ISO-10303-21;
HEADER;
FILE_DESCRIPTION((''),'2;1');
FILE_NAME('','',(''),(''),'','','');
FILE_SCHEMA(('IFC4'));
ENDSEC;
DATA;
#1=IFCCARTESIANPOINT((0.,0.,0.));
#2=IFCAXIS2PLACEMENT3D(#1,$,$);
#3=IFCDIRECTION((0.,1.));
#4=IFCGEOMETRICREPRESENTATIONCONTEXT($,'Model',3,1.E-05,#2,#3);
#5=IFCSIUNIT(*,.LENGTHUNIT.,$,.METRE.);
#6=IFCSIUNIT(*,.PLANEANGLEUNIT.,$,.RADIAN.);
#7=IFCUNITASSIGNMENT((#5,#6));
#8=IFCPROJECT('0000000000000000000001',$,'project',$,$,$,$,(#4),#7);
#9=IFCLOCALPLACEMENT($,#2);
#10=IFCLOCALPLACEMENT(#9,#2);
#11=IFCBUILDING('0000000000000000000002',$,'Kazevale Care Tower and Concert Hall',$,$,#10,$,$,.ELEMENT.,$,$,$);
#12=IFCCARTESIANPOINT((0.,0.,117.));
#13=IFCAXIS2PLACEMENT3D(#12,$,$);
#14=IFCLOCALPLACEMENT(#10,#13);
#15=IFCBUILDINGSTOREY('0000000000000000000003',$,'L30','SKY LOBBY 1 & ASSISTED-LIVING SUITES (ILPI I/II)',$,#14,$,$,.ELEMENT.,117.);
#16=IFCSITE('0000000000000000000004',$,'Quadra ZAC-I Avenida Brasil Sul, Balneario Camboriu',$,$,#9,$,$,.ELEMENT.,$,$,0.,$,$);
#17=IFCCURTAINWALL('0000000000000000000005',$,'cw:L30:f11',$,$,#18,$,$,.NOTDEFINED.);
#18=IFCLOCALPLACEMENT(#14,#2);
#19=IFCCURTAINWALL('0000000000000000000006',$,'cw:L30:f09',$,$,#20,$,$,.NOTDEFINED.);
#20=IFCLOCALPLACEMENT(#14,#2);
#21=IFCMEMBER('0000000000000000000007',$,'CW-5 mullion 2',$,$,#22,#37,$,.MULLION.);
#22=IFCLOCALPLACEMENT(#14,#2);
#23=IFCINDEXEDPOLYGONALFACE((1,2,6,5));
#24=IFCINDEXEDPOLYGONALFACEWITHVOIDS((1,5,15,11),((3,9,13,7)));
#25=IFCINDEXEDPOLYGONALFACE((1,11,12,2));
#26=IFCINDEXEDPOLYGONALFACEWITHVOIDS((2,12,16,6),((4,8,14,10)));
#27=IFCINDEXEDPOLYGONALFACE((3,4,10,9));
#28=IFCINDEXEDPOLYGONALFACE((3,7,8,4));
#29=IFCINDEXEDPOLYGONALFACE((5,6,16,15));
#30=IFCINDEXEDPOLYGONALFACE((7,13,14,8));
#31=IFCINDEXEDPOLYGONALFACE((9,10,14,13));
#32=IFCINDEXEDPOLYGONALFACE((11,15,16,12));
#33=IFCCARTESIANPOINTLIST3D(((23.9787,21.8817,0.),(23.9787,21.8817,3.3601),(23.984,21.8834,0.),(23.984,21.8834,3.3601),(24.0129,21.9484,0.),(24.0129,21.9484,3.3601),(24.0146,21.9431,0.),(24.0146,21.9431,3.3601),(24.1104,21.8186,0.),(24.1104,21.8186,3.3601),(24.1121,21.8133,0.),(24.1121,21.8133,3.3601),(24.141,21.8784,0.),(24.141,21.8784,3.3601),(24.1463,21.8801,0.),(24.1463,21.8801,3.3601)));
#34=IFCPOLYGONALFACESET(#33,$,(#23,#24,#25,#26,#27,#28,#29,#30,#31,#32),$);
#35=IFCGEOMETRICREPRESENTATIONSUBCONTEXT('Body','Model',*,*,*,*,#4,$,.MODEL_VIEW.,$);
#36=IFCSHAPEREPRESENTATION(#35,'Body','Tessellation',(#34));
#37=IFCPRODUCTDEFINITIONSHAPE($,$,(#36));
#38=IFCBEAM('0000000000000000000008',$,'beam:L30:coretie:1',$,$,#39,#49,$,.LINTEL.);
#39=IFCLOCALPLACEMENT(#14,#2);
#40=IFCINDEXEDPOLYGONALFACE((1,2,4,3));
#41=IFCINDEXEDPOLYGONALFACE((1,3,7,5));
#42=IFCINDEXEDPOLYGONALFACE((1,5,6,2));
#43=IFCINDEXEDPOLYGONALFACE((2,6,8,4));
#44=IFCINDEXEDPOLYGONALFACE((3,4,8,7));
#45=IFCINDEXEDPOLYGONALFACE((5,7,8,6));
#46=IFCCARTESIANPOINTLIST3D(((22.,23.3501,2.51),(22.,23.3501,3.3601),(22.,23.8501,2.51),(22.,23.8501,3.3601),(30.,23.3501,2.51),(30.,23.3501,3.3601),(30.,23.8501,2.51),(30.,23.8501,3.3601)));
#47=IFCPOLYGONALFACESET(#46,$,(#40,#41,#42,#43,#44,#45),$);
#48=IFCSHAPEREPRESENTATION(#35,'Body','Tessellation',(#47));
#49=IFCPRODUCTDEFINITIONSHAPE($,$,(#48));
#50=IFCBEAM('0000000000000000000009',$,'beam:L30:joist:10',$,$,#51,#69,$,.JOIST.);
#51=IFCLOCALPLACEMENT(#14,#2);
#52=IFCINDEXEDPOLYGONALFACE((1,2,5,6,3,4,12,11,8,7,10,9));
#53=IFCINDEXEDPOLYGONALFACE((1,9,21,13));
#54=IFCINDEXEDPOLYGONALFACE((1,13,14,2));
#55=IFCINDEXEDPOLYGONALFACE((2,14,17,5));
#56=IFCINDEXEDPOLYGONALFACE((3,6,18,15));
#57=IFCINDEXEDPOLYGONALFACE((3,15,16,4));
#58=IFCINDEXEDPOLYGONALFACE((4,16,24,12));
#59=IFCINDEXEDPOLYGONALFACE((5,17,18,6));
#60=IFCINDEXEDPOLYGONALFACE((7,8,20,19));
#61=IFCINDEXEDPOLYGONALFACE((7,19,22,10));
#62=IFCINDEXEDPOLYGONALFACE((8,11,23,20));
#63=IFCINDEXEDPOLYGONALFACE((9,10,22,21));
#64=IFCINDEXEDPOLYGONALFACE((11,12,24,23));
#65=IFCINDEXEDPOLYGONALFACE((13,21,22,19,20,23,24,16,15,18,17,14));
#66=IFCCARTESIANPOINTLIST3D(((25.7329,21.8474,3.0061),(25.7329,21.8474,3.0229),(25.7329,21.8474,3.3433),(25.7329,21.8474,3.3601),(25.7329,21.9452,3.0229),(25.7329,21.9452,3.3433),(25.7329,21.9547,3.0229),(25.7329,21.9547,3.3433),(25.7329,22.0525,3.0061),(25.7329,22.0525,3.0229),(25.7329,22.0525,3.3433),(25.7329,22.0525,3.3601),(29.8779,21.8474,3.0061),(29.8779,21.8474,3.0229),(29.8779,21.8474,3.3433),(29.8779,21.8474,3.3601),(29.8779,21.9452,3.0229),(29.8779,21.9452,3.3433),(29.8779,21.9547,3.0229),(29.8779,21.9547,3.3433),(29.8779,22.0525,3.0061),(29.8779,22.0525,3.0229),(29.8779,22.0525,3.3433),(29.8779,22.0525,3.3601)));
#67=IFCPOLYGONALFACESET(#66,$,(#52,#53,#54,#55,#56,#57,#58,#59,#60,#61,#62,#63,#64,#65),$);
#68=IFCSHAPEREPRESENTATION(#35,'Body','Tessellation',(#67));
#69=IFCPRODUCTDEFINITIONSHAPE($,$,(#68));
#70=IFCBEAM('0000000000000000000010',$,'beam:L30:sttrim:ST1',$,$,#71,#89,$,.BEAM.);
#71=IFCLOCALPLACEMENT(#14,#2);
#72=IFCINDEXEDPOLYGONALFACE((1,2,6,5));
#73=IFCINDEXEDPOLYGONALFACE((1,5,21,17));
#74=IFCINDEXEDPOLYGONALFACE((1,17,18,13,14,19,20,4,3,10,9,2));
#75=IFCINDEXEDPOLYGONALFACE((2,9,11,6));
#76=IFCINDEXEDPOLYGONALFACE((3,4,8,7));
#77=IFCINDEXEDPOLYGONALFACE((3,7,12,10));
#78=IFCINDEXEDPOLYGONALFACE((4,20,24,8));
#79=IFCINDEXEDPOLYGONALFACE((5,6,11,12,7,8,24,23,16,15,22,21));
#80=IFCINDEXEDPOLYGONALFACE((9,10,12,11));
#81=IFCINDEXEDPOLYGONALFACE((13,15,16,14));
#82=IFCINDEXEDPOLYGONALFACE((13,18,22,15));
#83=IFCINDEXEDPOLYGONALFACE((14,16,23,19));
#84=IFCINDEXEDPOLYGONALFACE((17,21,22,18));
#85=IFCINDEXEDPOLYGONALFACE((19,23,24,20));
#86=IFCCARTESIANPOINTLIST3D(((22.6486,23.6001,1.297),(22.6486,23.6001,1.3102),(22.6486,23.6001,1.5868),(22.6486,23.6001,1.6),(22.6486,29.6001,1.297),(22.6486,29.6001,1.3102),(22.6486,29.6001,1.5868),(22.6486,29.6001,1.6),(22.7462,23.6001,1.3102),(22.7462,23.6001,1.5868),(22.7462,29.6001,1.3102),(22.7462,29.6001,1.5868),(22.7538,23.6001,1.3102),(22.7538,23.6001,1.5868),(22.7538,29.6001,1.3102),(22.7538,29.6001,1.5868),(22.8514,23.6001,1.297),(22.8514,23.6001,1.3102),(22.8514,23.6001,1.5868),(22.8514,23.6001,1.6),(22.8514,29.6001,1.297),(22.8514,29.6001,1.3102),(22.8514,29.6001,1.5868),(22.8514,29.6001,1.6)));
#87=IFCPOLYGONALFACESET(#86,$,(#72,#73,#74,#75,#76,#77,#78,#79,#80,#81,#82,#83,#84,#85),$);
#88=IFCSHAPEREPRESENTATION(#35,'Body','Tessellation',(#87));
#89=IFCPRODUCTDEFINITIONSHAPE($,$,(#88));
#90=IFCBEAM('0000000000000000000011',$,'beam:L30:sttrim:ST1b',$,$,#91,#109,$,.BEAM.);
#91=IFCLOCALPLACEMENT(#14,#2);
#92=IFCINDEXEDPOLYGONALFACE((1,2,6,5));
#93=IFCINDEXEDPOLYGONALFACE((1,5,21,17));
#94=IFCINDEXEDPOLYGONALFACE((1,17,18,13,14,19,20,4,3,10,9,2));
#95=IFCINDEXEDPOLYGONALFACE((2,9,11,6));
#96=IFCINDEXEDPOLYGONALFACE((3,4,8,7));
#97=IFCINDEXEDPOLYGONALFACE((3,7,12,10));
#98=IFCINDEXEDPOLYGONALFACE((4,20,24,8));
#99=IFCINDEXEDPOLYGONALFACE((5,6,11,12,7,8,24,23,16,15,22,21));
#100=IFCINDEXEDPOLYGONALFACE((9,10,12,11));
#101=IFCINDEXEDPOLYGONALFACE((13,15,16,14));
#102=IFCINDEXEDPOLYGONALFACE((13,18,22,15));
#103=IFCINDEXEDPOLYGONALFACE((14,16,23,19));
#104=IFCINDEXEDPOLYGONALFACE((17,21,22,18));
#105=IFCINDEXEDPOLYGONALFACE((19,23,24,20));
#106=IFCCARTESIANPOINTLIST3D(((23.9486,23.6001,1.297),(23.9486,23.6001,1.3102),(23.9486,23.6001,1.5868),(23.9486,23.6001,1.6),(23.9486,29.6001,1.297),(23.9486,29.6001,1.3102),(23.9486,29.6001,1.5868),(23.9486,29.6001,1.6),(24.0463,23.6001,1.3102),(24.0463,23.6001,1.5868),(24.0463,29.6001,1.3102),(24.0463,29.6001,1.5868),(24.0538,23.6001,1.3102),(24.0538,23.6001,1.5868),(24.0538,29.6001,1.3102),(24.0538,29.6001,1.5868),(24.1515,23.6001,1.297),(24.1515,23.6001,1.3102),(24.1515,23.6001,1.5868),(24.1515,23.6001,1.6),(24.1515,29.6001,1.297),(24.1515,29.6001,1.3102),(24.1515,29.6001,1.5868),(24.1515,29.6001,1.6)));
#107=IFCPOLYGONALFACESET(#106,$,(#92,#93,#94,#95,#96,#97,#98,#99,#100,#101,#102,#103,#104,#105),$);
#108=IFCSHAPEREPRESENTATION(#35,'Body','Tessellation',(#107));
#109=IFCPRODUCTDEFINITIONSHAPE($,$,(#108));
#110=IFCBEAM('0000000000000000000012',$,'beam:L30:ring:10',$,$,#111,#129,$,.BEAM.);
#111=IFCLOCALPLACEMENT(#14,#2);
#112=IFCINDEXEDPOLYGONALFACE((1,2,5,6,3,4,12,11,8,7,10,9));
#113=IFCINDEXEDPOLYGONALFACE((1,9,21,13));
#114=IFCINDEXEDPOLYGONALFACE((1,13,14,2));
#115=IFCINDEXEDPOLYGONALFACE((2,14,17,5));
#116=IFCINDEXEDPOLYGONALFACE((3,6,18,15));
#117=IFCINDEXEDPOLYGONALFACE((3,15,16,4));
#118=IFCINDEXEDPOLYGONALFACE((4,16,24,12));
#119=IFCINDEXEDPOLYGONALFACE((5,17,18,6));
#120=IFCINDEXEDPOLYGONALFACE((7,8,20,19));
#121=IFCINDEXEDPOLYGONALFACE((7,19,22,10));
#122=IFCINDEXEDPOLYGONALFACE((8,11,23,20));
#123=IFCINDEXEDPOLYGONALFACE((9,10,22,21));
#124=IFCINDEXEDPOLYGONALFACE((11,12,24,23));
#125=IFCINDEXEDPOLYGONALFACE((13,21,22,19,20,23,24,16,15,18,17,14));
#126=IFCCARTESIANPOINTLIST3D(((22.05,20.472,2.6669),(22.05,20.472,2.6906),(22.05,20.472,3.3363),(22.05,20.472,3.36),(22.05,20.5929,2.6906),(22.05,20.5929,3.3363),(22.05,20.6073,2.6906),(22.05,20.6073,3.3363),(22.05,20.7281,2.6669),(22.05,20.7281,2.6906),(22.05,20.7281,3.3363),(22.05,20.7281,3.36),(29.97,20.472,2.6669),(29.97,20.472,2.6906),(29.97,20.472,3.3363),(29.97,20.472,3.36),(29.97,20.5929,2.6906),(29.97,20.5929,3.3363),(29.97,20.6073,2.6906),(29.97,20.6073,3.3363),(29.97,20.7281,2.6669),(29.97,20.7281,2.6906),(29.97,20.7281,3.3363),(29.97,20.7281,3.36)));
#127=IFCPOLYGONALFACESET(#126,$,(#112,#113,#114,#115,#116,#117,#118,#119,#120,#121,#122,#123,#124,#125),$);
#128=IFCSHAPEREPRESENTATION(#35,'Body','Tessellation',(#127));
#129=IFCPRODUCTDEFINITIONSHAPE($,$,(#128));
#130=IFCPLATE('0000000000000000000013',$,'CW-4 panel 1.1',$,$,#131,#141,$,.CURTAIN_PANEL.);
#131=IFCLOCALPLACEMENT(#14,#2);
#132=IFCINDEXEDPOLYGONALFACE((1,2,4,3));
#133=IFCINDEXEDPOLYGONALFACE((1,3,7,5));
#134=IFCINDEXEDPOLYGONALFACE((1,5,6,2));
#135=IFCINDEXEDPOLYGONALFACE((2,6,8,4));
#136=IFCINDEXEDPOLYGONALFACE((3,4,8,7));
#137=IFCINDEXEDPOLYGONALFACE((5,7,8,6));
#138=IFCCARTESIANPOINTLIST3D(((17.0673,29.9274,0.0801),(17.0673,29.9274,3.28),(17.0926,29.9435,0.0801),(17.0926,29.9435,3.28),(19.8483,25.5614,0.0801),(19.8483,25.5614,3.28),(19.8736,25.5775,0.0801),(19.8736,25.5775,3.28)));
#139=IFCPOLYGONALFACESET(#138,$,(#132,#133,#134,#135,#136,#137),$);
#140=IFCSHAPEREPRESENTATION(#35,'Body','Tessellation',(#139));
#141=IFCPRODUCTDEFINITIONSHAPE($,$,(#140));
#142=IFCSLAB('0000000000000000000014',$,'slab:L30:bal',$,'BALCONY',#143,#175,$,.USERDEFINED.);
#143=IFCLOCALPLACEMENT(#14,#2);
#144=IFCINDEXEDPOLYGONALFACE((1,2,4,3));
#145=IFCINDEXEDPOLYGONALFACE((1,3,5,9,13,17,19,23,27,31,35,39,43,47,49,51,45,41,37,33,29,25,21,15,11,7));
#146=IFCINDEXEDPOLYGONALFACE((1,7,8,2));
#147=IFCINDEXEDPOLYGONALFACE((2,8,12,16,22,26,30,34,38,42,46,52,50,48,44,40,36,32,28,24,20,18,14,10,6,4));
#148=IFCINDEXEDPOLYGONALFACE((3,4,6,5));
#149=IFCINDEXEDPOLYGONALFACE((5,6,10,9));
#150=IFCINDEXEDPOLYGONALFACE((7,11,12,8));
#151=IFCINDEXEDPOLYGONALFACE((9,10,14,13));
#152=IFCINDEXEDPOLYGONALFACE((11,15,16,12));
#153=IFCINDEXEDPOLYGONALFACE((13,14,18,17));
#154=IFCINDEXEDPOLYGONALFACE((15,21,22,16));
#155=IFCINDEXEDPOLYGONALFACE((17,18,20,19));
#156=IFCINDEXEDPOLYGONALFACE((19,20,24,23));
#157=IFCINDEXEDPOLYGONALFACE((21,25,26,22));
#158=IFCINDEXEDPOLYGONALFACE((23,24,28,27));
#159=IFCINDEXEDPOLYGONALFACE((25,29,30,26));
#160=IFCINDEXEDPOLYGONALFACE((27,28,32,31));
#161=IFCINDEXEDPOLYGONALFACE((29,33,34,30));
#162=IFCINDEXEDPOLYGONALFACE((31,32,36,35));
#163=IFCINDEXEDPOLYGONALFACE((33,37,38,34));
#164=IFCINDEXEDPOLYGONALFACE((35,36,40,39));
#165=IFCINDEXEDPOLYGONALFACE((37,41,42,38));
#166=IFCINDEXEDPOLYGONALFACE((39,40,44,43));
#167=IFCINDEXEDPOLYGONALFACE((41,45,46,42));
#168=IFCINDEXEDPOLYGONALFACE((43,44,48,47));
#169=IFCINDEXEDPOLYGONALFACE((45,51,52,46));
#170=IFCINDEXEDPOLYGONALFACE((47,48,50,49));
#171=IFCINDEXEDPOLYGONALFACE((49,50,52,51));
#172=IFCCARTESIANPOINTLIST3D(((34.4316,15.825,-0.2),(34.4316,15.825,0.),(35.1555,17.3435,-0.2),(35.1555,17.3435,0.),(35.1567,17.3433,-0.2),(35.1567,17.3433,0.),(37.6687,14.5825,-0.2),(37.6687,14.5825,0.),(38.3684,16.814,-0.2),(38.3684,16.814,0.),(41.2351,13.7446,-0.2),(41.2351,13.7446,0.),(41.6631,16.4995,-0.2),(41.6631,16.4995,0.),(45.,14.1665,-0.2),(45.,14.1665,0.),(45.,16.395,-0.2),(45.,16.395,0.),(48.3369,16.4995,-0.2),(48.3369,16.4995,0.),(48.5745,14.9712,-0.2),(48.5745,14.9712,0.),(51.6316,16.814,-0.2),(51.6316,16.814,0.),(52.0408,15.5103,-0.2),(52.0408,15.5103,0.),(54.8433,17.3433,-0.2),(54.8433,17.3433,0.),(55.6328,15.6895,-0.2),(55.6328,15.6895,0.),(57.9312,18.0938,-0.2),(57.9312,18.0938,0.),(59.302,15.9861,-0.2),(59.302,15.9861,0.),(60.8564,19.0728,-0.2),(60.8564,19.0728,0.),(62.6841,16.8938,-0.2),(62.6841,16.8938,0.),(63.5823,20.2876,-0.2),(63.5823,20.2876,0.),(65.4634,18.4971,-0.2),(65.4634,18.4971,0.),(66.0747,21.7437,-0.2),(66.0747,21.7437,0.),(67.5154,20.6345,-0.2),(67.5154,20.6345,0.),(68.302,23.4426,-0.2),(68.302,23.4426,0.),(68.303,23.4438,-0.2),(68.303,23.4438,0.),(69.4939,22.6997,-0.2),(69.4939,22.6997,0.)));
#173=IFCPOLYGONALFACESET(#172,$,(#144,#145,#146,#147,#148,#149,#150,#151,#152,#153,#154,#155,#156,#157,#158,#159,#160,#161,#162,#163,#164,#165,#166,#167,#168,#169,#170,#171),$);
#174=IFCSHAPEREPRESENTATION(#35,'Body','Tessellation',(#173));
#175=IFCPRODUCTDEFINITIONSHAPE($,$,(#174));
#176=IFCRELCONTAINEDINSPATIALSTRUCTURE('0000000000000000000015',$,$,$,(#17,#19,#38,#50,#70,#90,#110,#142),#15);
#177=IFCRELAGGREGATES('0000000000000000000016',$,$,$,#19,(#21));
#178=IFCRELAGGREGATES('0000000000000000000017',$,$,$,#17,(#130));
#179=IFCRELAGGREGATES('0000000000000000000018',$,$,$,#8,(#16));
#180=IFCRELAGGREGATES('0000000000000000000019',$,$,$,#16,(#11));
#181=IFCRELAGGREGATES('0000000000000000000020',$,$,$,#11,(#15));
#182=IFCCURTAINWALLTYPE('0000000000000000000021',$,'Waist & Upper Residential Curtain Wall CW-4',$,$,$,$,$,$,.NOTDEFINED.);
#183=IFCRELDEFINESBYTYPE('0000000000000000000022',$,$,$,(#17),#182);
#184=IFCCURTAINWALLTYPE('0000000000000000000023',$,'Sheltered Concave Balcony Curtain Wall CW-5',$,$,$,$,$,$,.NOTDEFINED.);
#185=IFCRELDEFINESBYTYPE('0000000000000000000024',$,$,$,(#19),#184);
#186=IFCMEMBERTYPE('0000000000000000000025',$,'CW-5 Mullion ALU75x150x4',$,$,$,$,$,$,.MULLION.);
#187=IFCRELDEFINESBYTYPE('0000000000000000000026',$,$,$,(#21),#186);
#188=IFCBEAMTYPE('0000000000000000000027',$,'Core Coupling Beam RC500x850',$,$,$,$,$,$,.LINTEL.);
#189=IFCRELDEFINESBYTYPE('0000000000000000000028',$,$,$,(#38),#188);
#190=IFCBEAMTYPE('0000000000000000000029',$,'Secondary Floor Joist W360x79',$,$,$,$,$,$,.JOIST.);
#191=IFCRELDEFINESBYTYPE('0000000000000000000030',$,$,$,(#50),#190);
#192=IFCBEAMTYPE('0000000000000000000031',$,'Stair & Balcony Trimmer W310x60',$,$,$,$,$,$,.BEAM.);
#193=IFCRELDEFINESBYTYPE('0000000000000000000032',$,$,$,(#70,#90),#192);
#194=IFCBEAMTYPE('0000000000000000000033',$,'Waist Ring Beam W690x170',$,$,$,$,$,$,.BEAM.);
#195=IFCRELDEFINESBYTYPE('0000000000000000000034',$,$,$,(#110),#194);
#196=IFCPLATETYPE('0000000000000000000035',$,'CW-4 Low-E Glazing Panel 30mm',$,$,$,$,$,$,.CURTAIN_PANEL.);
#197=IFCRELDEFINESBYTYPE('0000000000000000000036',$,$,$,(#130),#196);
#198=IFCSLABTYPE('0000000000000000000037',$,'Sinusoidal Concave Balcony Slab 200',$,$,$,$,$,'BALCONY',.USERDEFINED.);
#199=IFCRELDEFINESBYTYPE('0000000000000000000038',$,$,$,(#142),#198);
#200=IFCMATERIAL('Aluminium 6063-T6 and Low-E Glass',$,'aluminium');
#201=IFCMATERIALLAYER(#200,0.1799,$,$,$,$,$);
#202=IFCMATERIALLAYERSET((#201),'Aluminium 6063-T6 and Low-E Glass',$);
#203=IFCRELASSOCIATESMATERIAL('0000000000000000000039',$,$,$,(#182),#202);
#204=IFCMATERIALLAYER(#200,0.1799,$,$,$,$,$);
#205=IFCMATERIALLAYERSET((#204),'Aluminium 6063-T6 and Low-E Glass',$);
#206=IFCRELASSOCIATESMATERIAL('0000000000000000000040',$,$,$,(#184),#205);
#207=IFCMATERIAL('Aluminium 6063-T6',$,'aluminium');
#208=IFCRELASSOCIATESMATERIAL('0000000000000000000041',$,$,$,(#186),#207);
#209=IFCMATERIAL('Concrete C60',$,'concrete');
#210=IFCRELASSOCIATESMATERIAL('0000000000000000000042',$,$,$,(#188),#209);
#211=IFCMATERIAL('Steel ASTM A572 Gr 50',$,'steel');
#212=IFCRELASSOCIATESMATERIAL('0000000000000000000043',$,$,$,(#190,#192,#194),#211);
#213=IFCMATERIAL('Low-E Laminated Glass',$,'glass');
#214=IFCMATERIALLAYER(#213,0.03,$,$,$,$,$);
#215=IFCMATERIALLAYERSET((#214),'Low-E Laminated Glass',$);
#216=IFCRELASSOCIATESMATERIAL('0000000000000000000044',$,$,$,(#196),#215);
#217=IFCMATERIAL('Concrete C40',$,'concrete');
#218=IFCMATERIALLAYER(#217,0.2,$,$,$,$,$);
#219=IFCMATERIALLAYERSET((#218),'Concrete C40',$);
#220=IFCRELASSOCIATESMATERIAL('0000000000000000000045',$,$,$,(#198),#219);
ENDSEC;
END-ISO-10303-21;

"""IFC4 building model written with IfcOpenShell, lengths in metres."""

from ifc_helpers import new_model, si_unit, direction, frame, origin, origin_2d, place, context, subcontext, project, spatial, polyline, rectangle, hollow_rectangle, i_section, outline, extrude, material, layer, layer_set, material_profile, profile_set, type_object, element, aggregate, save


model = new_model("IFC4")

# Units and contexts
model_context = context("Model", 3, precision=1e-05, world=origin(), true_north=direction((0.0, 1.0)))
body_context = subcontext(model_context, "Body", "Model", "MODEL_VIEW")
ifc_project = project(units=[si_unit("LENGTHUNIT", "METRE"), si_unit("PLANEANGLEUNIT", "RADIAN")], contexts=[model_context])

# Site, building, storey
site_placement = place(None, origin())
site = spatial("IfcSite", under=ifc_project, at=site_placement, Name="Quadra ZAC-I Avenida Brasil Sul, Balneario Camboriu", CompositionType="ELEMENT", RefElevation=0.0)
building_placement = place(site_placement, origin())
building = spatial("IfcBuilding", under=site, at=building_placement, Name="Kazevale Care Tower and Concert Hall", CompositionType="ELEMENT")
storey_placement = place(building_placement, frame((0.0, 0.0, 117.0)))
storey = spatial("IfcBuildingStorey", under=building, at=storey_placement, Name="L30", Description="SKY LOBBY 1 & ASSISTED-LIVING SUITES (ILPI I/II)", CompositionType="ELEMENT", Elevation=117.0)

# Shared definitions
ifc_material_1 = material(Name="Concrete C60", Category="concrete")

# Curtain wall
ifc_material_2 = material(Name="Aluminium 6063-T6 and Low-E Glass", Category="aluminium")
ifc_layer_1 = layer(ifc_material_2, 0.1799)
ifc_layer_set_1 = layer_set([ifc_layer_1], Name="Aluminium 6063-T6 and Low-E Glass")
curtain_wall_type_1 = type_object("IfcCurtainWallType", Name="Waist & Upper Residential Curtain Wall CW-4", PredefinedType="NOTDEFINED", material=ifc_layer_set_1)
curtain_wall_1_placement = place(storey_placement, origin())
curtain_wall_1 = element("IfcCurtainWall", 1, at=curtain_wall_1_placement, inside=storey, type_object=curtain_wall_type_1, Name="cw:L30:f11", PredefinedType="NOTDEFINED")
ifc_material_3 = material(Name="Aluminium 6063-T6", Category="aluminium")

# Curtain wall, member
ifc_layer_2 = layer(ifc_material_2, 0.1799)
ifc_layer_set_2 = layer_set([ifc_layer_2], Name="Aluminium 6063-T6 and Low-E Glass")
curtain_wall_type_2 = type_object("IfcCurtainWallType", Name="Sheltered Concave Balcony Curtain Wall CW-5", PredefinedType="NOTDEFINED", material=ifc_layer_set_2)
curtain_wall_2_placement = place(storey_placement, origin())
curtain_wall_2 = element("IfcCurtainWall", 2, at=curtain_wall_2_placement, inside=storey, type_object=curtain_wall_type_2, Name="cw:L30:f09", PredefinedType="NOTDEFINED")
ifc_material_profile_1 = material_profile(ifc_material_3, hollow_rectangle(XDim=0.075, YDim=0.1499, WallThickness=0.0039, at=origin_2d()), Name="ALU75x150x4")
ifc_profile_set_1 = profile_set([ifc_material_profile_1], Name="Aluminium 6063-T6")
member_type_1 = type_object("IfcMemberType", Name="CW-5 Mullion ALU75x150x4", PredefinedType="MULLION", material=ifc_profile_set_1)
member_1_placement = place(storey_placement, frame((24.0625, 21.8809, 0.0), z_axis=(0.0, 0.0, 1.0), x_axis=(-0.455713, -0.890127, 0.0)))
member_1 = element("IfcMember", 3, at=member_1_placement, type_object=member_type_1, Name="CW-5 mullion 2", PredefinedType="MULLION", context=body_context, shape_type="SweptSolid", body=[
    extrude(hollow_rectangle(XDim=0.075, YDim=0.1499, WallThickness=0.0039, at=origin_2d()), origin(), (0.0, 0.0, 1.0), 3.3601),
])
aggregate(curtain_wall_2, [member_1])

# Beams
ifc_material_profile_2 = material_profile(ifc_material_1, rectangle(XDim=0.5, YDim=0.8501, at=origin_2d()), Name="RC-B500x850")
ifc_profile_set_2 = profile_set([ifc_material_profile_2], Name="Concrete C60")
beam_type_1 = type_object("IfcBeamType", Name="Core Coupling Beam RC500x850", PredefinedType="LINTEL", material=ifc_profile_set_2)
beam_1_placement = place(storey_placement, frame((22.0, 23.6001, 2.9351), z_axis=(1.0, 0.0, 0.0), x_axis=(0.0, 1.0, 0.0)))
element("IfcBeam", 4, at=beam_1_placement, inside=storey, type_object=beam_type_1, Name="beam:L30:coretie:1", PredefinedType="LINTEL", context=body_context, shape_type="SweptSolid", body=[
    extrude(rectangle(XDim=0.5, YDim=0.8501, at=origin_2d()), origin(), (0.0, 0.0, 1.0), 8.0),
])
ifc_material_4 = material(Name="Steel ASTM A572 Gr 50", Category="steel")
ifc_material_profile_3 = material_profile(ifc_material_4, i_section(OverallWidth=0.2051, OverallDepth=0.354, WebThickness=0.0095, FlangeThickness=0.0168, at=origin_2d()), Name="W360x79")
ifc_profile_set_3 = profile_set([ifc_material_profile_3], Name="Steel ASTM A572 Gr 50")
beam_type_2 = type_object("IfcBeamType", Name="Secondary Floor Joist W360x79", PredefinedType="JOIST", material=ifc_profile_set_3)
beam_2_placement = place(storey_placement, frame((25.7329, 21.95, 3.1831), z_axis=(1.0, 0.0, 0.0), x_axis=(0.0, 1.0, 0.0)))
element("IfcBeam", 5, at=beam_2_placement, inside=storey, type_object=beam_type_2, Name="beam:L30:joist:10", PredefinedType="JOIST", context=body_context, shape_type="SweptSolid", body=[
    extrude(i_section(OverallWidth=0.2051, OverallDepth=0.354, WebThickness=0.0095, FlangeThickness=0.0168, at=origin_2d()), origin(), (0.0, 0.0, 1.0), 4.145),
])
ifc_material_profile_4 = material_profile(ifc_material_4, i_section(OverallWidth=0.2029, OverallDepth=0.303, WebThickness=0.0076, FlangeThickness=0.0132, at=origin_2d()), Name="W310x60")
ifc_profile_set_4 = profile_set([ifc_material_profile_4], Name="Steel ASTM A572 Gr 50")
beam_type_3 = type_object("IfcBeamType", Name="Stair & Balcony Trimmer W310x60", PredefinedType="BEAM", material=ifc_profile_set_4)
for number, where, z_axis, x_axis, name in (
    (6, (22.75, 23.6001, 1.4485), (0.0, 1.0, 0.0), (-1.0, 0.0, 0.0), "beam:L30:sttrim:ST1"),
    (7, (24.05, 23.6001, 1.4485), (0.0, 1.0, 0.0), (-1.0, 0.0, 0.0), "beam:L30:sttrim:ST1b"),
):
    element("IfcBeam", number, at=place(storey_placement, frame(where, z_axis=z_axis, x_axis=x_axis)), inside=storey, type_object=beam_type_3, Name=name, PredefinedType="BEAM", context=body_context, shape_type="SweptSolid", body=[
        extrude(i_section(OverallWidth=0.2029, OverallDepth=0.303, WebThickness=0.0076, FlangeThickness=0.0132, at=origin_2d()), origin(), (0.0, 0.0, 1.0), 6.0),
    ])
ifc_material_profile_5 = material_profile(ifc_material_4, i_section(OverallWidth=0.2561, OverallDepth=0.6931, WebThickness=0.0144, FlangeThickness=0.0237, at=origin_2d()), Name="W690x170")
ifc_profile_set_5 = profile_set([ifc_material_profile_5], Name="Steel ASTM A572 Gr 50")
beam_type_4 = type_object("IfcBeamType", Name="Waist Ring Beam W690x170", PredefinedType="BEAM", material=ifc_profile_set_5)
beam_3_placement = place(storey_placement, frame((22.05, 20.6001, 3.0134), z_axis=(1.0, 0.0, 0.0), x_axis=(0.0, 1.0, 0.0)))
element("IfcBeam", 8, at=beam_3_placement, inside=storey, type_object=beam_type_4, Name="beam:L30:ring:10", PredefinedType="BEAM", context=body_context, shape_type="SweptSolid", body=[
    extrude(i_section(OverallWidth=0.2561, OverallDepth=0.6931, WebThickness=0.0144, FlangeThickness=0.0237, at=origin_2d()), origin(), (0.0, 0.0, 1.0), 7.9199),
])

# Plate
ifc_material_5 = material(Name="Low-E Laminated Glass", Category="glass")
ifc_layer_3 = layer(ifc_material_5, 0.03)
ifc_layer_set_3 = layer_set([ifc_layer_3], Name="Low-E Laminated Glass")
plate_type = type_object("IfcPlateType", Name="CW-4 Low-E Glazing Panel 30mm", PredefinedType="CURTAIN_PANEL", material=ifc_layer_set_3)
plate_placement = place(storey_placement, frame((18.4705, 27.7524, 0.0801), z_axis=(0.0, 0.0, 1.0), x_axis=(-0.537239, 0.84343, 0.0)))
plate = element("IfcPlate", 9, at=plate_placement, type_object=plate_type, Name="CW-4 panel 1.1", PredefinedType="CURTAIN_PANEL", context=body_context, shape_type="SweptSolid", body=[
    extrude(rectangle(XDim=5.1765, YDim=0.03, at=origin_2d()), origin(), (0.0, 0.0, 1.0), 3.2),
])
aggregate(curtain_wall_1, [plate])

# Slab
ifc_material_6 = material(Name="Concrete C40", Category="concrete")
ifc_layer_4 = layer(ifc_material_6, 0.2)
ifc_layer_set_4 = layer_set([ifc_layer_4], Name="Concrete C40")
slab_type_1 = type_object("IfcSlabType", Name="Sinusoidal Concave Balcony Slab 200", ElementType="BALCONY", PredefinedType="USERDEFINED", material=ifc_layer_set_4)
slab_1_placement = place(storey_placement, frame((0.0, 0.0, -0.2)))
element("IfcSlab", 10, at=slab_1_placement, inside=storey, type_object=slab_type_1, Name="slab:L30:bal", ObjectType="BALCONY", PredefinedType="USERDEFINED", context=body_context, shape_type="SweptSolid", body=[
    extrude(outline(polyline([(69.4939, 22.6997), (67.5154, 20.6345), (65.4634, 18.4971), (62.6841, 16.8938), (59.302, 15.9861), (55.6328, 15.6895), (52.0408, 15.5103), (48.5745, 14.9712), (45.0, 14.1665), (41.2351, 13.7446), (37.6687, 14.5825), (34.4316, 15.825), (35.1555, 17.3435), (35.1567, 17.3433), (38.3684, 16.814), (41.6631, 16.4995), (45.0, 16.395), (48.3369, 16.4995), (51.6316, 16.814), (54.8433, 17.3433), (57.9312, 18.0938), (60.8564, 19.0728), (63.5823, 20.2876), (66.0747, 21.7437), (68.302, 23.4426), (68.303, 23.4438), (69.4939, 22.6997)])), origin(), (0.0, 0.0, 1.0), 0.2),
])

save(model, "model.ifc")
